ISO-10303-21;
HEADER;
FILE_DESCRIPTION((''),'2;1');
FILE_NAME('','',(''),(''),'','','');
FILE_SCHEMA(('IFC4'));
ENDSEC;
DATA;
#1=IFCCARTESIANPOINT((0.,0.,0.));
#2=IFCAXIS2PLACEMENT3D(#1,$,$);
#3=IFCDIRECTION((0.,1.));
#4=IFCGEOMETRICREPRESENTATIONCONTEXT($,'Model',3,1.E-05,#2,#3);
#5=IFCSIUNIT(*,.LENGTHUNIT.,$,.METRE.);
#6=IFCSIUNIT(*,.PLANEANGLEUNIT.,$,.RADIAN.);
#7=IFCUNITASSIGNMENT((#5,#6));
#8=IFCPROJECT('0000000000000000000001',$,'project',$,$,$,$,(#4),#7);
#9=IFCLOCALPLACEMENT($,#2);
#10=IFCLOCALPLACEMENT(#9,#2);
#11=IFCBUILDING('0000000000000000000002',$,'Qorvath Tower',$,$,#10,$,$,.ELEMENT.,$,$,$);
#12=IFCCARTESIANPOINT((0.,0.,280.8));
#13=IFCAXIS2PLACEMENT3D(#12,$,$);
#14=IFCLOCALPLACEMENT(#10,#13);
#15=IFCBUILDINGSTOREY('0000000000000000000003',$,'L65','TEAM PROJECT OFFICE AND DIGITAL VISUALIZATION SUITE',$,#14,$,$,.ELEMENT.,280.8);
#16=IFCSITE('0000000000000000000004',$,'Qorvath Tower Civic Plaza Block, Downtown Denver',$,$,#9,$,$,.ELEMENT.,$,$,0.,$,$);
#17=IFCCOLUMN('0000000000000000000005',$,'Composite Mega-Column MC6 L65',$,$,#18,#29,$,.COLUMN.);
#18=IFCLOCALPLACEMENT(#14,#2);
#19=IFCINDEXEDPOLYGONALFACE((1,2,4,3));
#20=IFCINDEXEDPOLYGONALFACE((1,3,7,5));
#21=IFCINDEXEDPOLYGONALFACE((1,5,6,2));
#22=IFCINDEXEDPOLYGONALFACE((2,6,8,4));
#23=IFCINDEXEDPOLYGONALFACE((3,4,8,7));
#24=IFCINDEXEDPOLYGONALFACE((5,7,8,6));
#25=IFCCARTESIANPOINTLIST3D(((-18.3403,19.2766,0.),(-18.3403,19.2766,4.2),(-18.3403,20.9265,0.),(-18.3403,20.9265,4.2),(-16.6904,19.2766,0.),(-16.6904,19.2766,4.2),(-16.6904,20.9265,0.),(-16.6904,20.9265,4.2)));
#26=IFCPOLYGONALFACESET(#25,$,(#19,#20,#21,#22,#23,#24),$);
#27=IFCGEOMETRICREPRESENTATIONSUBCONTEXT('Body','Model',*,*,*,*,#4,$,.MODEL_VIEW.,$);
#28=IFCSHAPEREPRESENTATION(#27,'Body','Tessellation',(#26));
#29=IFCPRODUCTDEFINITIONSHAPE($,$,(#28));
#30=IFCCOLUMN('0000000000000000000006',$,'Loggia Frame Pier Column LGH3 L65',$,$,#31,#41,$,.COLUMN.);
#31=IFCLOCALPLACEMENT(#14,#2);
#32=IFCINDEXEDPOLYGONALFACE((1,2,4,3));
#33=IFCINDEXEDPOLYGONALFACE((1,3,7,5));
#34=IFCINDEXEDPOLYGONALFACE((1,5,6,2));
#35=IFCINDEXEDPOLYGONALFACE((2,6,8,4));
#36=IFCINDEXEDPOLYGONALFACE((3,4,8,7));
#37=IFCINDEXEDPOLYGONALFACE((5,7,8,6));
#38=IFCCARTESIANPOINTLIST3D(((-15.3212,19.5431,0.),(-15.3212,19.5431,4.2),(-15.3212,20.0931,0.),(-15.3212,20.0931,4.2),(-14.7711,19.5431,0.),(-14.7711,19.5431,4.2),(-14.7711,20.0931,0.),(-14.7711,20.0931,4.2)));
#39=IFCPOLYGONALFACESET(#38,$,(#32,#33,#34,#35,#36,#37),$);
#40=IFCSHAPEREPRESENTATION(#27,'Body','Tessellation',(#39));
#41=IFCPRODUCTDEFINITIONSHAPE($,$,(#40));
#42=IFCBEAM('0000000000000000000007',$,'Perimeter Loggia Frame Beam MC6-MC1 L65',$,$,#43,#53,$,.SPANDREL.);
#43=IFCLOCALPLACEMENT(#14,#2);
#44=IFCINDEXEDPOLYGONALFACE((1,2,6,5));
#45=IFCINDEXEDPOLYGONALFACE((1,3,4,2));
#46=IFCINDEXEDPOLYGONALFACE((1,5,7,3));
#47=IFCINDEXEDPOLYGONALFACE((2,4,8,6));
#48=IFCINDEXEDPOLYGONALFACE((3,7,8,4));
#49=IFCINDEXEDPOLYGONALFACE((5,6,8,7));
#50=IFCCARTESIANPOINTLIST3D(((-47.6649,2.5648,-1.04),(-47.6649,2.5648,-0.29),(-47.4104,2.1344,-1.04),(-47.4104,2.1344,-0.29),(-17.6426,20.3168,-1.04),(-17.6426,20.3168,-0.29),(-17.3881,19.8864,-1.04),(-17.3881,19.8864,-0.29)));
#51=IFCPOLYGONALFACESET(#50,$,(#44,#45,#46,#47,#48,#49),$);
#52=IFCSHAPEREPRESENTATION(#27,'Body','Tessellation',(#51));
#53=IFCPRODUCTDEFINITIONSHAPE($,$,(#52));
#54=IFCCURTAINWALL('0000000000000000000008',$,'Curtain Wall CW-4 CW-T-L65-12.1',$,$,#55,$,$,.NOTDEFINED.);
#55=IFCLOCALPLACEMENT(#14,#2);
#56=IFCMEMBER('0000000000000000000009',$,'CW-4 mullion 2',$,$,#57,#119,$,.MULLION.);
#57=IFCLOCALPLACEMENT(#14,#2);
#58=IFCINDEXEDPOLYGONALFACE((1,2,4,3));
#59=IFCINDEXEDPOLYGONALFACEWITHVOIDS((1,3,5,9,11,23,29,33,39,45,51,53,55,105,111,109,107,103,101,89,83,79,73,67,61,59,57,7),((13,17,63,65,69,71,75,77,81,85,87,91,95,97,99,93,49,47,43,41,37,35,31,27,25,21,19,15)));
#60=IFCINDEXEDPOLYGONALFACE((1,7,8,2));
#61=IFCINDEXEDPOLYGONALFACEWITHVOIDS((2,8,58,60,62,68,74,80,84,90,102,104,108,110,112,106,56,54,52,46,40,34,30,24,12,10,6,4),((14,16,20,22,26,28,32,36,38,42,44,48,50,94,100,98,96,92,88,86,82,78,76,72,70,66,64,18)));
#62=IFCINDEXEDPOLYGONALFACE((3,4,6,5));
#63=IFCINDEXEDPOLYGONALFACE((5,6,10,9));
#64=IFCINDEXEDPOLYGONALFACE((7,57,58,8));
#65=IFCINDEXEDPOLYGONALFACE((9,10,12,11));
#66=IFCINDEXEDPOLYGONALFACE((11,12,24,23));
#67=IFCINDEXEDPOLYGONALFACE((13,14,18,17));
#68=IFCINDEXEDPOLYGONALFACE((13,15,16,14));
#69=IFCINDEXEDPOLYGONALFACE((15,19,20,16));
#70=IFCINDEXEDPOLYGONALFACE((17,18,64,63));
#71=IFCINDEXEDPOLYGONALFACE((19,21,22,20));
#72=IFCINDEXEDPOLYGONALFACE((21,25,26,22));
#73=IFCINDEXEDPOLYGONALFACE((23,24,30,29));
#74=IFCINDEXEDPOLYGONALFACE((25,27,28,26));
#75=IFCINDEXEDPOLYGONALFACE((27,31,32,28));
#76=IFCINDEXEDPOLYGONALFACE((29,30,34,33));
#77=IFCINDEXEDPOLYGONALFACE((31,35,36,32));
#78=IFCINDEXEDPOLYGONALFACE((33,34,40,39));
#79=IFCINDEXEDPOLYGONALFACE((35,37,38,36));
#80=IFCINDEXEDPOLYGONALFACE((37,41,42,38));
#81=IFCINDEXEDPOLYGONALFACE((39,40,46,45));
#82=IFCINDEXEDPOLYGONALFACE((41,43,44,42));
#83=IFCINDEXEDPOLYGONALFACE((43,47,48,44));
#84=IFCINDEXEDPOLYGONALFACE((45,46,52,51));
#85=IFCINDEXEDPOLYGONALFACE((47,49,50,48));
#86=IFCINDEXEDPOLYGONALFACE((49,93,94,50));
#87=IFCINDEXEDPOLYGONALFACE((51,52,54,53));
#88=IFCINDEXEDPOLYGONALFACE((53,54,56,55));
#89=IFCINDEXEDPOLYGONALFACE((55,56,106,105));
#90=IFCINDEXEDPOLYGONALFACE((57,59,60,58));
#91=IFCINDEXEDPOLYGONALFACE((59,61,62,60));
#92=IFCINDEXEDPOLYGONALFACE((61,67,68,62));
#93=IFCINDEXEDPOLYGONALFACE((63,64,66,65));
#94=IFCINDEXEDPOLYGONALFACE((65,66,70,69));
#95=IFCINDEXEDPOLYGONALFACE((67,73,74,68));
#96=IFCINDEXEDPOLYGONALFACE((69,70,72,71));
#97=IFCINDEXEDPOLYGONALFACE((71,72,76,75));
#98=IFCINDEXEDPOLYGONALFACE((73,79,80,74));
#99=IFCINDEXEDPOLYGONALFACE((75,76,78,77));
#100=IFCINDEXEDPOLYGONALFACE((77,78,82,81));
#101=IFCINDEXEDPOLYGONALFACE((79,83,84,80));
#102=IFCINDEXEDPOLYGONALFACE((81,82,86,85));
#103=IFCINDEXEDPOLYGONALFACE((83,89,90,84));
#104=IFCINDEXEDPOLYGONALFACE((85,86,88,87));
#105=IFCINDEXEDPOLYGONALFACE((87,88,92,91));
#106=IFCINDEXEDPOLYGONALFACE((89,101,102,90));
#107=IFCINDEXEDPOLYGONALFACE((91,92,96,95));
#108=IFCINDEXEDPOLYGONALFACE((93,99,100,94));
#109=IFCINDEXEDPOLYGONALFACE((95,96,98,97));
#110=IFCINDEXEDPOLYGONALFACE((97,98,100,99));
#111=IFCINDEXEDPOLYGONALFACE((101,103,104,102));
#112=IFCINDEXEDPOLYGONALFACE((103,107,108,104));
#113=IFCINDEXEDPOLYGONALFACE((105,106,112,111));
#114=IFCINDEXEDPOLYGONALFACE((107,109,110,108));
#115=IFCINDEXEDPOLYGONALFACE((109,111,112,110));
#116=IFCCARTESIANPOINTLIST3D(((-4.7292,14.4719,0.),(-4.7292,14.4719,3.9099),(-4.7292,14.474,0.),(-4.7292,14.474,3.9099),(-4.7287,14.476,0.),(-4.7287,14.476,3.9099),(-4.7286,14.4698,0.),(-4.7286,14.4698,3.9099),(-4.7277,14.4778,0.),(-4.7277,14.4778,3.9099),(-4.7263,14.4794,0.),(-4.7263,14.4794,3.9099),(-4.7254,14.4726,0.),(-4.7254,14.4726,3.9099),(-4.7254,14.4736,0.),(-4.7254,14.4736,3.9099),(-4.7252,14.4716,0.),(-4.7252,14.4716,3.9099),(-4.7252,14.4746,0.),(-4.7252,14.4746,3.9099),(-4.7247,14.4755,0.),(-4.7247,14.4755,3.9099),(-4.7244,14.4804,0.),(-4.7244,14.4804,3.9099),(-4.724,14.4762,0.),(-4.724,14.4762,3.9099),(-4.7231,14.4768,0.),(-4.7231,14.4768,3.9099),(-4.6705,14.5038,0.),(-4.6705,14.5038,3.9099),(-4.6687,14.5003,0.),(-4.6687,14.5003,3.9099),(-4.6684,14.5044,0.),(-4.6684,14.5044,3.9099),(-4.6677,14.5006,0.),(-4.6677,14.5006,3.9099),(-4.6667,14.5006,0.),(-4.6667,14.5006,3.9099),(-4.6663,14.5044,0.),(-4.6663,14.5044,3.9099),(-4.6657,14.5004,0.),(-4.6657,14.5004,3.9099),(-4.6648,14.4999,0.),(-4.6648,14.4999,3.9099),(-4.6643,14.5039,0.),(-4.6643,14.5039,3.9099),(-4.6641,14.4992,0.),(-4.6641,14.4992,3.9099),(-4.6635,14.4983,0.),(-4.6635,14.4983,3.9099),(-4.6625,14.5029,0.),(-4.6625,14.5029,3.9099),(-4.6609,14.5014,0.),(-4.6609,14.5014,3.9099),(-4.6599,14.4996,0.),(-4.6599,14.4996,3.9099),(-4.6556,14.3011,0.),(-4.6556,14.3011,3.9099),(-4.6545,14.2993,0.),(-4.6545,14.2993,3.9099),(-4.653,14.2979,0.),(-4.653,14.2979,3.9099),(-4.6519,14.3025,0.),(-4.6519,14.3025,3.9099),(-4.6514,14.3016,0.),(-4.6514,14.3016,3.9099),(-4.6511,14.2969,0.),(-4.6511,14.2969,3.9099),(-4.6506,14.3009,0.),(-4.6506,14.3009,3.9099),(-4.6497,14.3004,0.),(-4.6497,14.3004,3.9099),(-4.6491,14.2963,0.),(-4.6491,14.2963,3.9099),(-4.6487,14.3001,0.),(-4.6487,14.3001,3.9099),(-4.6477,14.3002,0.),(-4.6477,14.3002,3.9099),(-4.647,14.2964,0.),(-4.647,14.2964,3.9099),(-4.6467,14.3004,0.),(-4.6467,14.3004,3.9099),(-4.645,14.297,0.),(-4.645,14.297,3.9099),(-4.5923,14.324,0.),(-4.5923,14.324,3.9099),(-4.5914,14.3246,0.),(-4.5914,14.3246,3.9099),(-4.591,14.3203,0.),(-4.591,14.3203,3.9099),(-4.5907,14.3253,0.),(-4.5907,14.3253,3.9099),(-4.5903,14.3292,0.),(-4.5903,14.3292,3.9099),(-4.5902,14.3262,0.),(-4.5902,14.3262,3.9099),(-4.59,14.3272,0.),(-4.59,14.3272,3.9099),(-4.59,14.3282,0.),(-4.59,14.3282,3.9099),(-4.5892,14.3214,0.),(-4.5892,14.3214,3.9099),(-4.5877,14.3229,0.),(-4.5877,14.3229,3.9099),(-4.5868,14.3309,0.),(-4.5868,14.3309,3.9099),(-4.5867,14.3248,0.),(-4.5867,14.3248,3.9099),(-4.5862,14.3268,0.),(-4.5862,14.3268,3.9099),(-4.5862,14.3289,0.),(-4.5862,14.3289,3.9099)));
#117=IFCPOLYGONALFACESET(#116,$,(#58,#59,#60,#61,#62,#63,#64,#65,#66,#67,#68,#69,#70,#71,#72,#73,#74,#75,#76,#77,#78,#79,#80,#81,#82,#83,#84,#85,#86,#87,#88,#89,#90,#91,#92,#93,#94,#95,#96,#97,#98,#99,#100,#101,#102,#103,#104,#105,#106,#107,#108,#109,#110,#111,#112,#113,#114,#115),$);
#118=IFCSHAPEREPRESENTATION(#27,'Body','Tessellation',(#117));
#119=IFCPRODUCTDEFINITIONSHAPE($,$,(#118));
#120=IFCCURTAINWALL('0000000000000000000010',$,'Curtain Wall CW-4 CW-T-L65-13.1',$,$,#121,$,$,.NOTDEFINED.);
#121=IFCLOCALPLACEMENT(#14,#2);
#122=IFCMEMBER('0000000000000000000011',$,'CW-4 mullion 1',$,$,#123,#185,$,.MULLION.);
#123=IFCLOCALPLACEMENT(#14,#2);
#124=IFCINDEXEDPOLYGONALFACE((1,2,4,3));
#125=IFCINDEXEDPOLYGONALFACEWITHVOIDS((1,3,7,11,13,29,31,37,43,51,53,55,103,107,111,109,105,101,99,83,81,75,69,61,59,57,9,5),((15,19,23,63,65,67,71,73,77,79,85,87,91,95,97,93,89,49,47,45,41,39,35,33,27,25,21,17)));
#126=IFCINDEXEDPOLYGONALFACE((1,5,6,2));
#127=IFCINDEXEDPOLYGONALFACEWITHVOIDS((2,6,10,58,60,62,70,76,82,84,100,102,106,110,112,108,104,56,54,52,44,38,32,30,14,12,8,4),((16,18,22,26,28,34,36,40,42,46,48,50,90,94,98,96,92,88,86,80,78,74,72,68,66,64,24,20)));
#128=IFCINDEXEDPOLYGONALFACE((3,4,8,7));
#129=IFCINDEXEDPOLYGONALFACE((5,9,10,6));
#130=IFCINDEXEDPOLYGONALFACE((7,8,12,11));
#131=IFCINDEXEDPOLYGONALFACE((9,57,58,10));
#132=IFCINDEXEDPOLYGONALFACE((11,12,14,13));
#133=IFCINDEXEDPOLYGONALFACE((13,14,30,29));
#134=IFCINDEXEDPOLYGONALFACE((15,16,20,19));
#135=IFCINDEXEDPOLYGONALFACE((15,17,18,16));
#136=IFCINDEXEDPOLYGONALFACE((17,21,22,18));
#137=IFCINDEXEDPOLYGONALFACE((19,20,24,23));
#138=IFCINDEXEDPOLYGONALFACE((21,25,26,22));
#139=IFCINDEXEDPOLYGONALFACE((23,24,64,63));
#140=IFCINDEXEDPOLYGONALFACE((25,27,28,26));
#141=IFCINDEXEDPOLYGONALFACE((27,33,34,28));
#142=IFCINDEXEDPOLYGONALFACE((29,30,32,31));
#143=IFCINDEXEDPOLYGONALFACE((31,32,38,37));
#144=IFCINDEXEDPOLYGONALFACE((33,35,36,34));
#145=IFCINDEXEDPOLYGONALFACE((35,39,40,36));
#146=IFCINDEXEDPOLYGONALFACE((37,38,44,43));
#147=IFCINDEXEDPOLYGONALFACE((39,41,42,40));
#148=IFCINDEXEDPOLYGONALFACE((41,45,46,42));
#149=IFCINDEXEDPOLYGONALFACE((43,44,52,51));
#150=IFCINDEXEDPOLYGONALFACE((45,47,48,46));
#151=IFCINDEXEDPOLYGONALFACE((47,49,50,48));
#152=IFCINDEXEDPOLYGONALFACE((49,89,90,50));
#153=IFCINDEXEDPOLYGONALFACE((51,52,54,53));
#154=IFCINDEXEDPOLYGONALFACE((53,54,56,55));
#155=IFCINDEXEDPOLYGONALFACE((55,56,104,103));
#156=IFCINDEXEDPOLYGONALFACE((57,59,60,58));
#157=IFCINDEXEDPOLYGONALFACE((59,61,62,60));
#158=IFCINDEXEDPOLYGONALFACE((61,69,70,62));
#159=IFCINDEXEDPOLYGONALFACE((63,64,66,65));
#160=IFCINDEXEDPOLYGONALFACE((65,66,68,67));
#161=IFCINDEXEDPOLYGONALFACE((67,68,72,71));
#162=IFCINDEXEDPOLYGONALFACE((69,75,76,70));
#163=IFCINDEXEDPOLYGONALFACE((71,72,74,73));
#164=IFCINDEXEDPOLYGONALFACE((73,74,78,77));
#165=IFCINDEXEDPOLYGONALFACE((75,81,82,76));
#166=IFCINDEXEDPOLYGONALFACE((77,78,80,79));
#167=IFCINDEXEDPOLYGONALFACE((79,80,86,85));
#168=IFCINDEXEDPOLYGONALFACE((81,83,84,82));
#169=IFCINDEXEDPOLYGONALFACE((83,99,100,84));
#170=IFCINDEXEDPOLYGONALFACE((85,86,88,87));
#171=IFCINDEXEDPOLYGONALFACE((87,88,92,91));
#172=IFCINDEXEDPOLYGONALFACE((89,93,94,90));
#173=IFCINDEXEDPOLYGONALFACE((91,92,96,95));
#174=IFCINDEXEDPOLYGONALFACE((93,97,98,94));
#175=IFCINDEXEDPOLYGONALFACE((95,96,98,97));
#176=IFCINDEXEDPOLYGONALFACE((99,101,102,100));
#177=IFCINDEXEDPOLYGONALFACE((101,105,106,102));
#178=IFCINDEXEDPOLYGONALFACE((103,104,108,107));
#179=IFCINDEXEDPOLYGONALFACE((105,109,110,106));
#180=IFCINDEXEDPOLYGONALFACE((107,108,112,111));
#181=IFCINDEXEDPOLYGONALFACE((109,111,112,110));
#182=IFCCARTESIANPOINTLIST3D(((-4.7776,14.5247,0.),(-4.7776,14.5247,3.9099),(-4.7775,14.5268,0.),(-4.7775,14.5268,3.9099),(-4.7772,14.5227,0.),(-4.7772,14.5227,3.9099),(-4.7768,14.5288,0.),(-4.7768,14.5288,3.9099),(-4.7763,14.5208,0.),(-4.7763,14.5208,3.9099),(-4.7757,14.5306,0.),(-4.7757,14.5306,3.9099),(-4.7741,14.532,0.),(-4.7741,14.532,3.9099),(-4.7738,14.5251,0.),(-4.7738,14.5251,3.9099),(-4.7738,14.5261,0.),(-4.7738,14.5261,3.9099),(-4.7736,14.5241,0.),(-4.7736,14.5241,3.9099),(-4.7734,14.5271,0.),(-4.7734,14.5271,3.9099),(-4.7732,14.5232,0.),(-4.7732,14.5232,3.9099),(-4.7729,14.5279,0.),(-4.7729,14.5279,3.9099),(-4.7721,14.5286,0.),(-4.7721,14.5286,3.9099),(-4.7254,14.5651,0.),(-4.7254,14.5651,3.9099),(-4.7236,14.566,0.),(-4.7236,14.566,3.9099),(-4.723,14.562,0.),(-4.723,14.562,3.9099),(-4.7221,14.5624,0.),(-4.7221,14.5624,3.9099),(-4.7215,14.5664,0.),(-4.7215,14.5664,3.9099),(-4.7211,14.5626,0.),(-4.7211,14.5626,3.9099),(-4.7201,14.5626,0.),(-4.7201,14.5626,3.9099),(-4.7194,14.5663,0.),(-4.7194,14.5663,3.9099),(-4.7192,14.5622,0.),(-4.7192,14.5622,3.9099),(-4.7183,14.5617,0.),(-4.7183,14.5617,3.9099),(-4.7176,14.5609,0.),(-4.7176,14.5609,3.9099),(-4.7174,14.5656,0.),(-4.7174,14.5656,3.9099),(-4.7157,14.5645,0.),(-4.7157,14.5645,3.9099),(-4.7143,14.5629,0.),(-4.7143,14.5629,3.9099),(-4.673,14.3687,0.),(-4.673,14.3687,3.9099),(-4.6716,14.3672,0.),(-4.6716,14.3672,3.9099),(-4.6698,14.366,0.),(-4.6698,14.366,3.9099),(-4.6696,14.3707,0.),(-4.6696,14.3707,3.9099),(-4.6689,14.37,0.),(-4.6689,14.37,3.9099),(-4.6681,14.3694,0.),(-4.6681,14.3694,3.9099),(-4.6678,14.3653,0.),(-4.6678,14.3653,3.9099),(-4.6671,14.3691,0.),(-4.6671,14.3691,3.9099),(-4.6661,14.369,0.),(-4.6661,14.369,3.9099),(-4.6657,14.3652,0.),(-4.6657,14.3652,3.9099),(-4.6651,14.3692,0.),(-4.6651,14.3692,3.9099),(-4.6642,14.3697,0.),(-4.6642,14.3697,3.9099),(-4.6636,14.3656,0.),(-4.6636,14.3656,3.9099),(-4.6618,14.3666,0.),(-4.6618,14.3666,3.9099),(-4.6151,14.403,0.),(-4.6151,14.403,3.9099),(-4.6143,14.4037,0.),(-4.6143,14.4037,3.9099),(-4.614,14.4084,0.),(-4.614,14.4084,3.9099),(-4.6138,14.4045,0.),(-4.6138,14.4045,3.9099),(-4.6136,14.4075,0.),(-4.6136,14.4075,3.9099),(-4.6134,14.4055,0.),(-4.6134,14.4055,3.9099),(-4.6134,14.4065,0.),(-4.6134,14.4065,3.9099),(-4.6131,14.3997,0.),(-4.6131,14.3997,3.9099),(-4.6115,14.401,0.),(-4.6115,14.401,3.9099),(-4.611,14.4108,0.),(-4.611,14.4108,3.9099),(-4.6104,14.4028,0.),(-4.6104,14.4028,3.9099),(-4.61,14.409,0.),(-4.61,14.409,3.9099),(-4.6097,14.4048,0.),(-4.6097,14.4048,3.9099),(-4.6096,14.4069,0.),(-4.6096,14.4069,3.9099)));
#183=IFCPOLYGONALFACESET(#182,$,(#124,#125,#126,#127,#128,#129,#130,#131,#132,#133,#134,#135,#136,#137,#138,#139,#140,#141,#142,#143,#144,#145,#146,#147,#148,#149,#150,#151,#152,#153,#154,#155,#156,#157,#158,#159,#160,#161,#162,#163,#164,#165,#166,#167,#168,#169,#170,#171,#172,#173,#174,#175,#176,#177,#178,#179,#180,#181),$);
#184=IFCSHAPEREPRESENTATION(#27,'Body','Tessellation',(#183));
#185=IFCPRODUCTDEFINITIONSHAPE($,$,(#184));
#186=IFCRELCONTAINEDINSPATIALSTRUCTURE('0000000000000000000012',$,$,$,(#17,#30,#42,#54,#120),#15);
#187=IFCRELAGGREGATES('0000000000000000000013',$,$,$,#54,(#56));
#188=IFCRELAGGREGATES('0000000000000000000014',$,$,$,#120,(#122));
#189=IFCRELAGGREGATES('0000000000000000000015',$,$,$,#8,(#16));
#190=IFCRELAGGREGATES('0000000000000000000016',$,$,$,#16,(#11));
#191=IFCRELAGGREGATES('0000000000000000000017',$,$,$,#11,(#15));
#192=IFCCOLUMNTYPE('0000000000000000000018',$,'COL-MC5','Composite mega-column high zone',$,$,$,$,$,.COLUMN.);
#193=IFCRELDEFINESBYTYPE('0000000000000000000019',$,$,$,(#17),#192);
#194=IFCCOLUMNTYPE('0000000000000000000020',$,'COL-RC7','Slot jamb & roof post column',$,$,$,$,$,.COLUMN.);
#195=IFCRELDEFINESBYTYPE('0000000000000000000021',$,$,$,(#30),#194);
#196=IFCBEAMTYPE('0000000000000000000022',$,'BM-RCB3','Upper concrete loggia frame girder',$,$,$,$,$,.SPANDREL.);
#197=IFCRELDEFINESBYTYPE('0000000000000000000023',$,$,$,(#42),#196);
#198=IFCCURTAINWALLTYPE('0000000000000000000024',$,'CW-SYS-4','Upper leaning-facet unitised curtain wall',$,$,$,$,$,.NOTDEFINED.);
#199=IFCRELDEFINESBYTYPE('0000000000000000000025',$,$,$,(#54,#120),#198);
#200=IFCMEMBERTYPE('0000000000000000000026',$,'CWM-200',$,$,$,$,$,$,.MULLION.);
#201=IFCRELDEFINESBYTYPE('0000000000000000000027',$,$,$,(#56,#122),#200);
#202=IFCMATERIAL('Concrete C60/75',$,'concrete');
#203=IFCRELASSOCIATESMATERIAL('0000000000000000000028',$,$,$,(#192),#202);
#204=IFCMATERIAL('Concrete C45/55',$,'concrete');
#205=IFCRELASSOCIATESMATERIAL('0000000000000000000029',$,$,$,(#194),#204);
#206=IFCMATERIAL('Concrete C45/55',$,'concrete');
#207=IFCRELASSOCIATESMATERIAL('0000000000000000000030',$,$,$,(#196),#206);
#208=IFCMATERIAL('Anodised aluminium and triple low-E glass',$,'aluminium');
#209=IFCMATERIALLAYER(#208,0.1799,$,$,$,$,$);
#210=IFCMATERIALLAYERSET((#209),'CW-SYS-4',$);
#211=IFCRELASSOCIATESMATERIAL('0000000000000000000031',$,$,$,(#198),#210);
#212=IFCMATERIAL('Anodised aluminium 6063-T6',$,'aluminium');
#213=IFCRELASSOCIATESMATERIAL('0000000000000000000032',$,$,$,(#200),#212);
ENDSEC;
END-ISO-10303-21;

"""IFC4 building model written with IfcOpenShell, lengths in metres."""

from ifc_helpers import new_model, si_unit, direction, frame, origin, origin_2d, place, context, subcontext, project, spatial, rectangle, hollow_rectangle, extrude, material, layer, layer_set, material_profile, profile_set, type_object, element, aggregate, save


model = new_model("IFC4")

# Units and contexts
model_context = context("Model", 3, precision=1e-05, world=origin(), true_north=direction((0.0, 1.0)))
body_context = subcontext(model_context, "Body", "Model", "MODEL_VIEW")
ifc_project = project(units=[si_unit("LENGTHUNIT", "METRE"), si_unit("PLANEANGLEUNIT", "RADIAN")], contexts=[model_context])

# Site, building, storey
site_placement = place(None, origin())
site = spatial("IfcSite", under=ifc_project, at=site_placement, Name="Qorvath Tower Civic Plaza Block, Downtown Denver", CompositionType="ELEMENT", RefElevation=0.0)
building_placement = place(site_placement, origin())
building = spatial("IfcBuilding", under=site, at=building_placement, Name="Qorvath Tower", CompositionType="ELEMENT")
storey_placement = place(building_placement, frame((0.0, 0.0, 280.8)))
storey = spatial("IfcBuildingStorey", under=building, at=storey_placement, Name="L65", Description="TEAM PROJECT OFFICE AND DIGITAL VISUALIZATION SUITE", CompositionType="ELEMENT", Elevation=280.8)

# Columns
ifc_material_1 = material(Name="Concrete C60/75", Category="concrete")
ifc_material_profile_1 = material_profile(ifc_material_1, rectangle(XDim=1.6499, YDim=1.6499, at=origin_2d()), Name="MC 1650x1650")
ifc_profile_set_1 = profile_set([ifc_material_profile_1], Name="Concrete C60/75")
column_type_1 = type_object("IfcColumnType", Name="COL-MC5", Description="Composite mega-column high zone", PredefinedType="COLUMN", material=ifc_profile_set_1)
column_1_placement = place(storey_placement, frame((-17.5154, 20.1016, 0.0), z_axis=(0.0, 0.0, 1.0), x_axis=(1.0, 0.0, 0.0)))
element("IfcColumn", 1, at=column_1_placement, inside=storey, type_object=column_type_1, Name="Composite Mega-Column MC6 L65", PredefinedType="COLUMN", context=body_context, shape_type="SweptSolid", body=[
    extrude(rectangle(XDim=1.6499, YDim=1.6499, at=origin_2d()), origin(), (0.0, 0.0, 1.0), 4.2),
])
ifc_material_2 = material(Name="Concrete C45/55", Category="concrete")
ifc_material_profile_2 = material_profile(ifc_material_2, rectangle(XDim=0.55, YDim=0.55, at=origin_2d()), Name="RC 550x550")
ifc_profile_set_2 = profile_set([ifc_material_profile_2], Name="Concrete C45/55")
column_type_2 = type_object("IfcColumnType", Name="COL-RC7", Description="Slot jamb & roof post column", PredefinedType="COLUMN", material=ifc_profile_set_2)
column_2_placement = place(storey_placement, frame((-15.0461, 19.8181, 0.0), z_axis=(0.0, 0.0, 1.0), x_axis=(1.0, 0.0, 0.0)))
element("IfcColumn", 2, at=column_2_placement, inside=storey, type_object=column_type_2, Name="Loggia Frame Pier Column LGH3 L65", PredefinedType="COLUMN", context=body_context, shape_type="SweptSolid", body=[
    extrude(rectangle(XDim=0.55, YDim=0.55, at=origin_2d()), origin(), (0.0, 0.0, 1.0), 4.2),
])

# Beam
ifc_material_3 = material(Name="Concrete C45/55", Category="concrete")
ifc_material_profile_3 = material_profile(ifc_material_3, rectangle(XDim=0.5, YDim=0.75, at=origin_2d()), Name="RCB 750x500")
ifc_profile_set_3 = profile_set([ifc_material_profile_3], Name="Concrete C45/55")
beam_type = type_object("IfcBeamType", Name="BM-RCB3", Description="Upper concrete loggia frame girder", PredefinedType="SPANDREL", material=ifc_profile_set_3)
beam_placement = place(storey_placement, frame((-17.5154, 20.1016, -0.665), z_axis=(-0.860781, -0.508975, 0.0), x_axis=(0.508975, -0.860781, 0.0)))
element("IfcBeam", 3, at=beam_placement, inside=storey, type_object=beam_type, Name="Perimeter Loggia Frame Beam MC6-MC1 L65", PredefinedType="SPANDREL", context=body_context, shape_type="SweptSolid", body=[
    extrude(rectangle(XDim=0.5, YDim=0.75, at=origin_2d()), origin(), (0.0, 0.0, 1.0), 34.8779),
])

# Curtain wall, member
ifc_material_4 = material(Name="Anodised aluminium and triple low-E glass", Category="aluminium")
ifc_layer_1 = layer(ifc_material_4, 0.1799)
ifc_layer_set_1 = layer_set([ifc_layer_1], Name="CW-SYS-4")
curtain_wall_type = type_object("IfcCurtainWallType", Name="CW-SYS-4", Description="Upper leaning-facet unitised curtain wall", PredefinedType="NOTDEFINED", material=ifc_layer_set_1)
curtain_wall_1_placement = place(storey_placement, origin())
curtain_wall_1 = element("IfcCurtainWall", 4, at=curtain_wall_1_placement, inside=storey, type_object=curtain_wall_type, Name="Curtain Wall CW-4 CW-T-L65-12.1", PredefinedType="NOTDEFINED")
ifc_material_5 = material(Name="Anodised aluminium 6063-T6", Category="aluminium")
ifc_material_profile_4 = material_profile(ifc_material_5, hollow_rectangle(XDim=0.075, YDim=0.2, WallThickness=0.0039, InnerFilletRadius=0.0039, OuterFilletRadius=0.0081, at=origin_2d()), Name="CWM 200x75")
ifc_profile_set_4 = profile_set([ifc_material_profile_4], Name="Anodised aluminium 6063-T6")
member_type_1 = type_object("IfcMemberType", Name="CWM-200", PredefinedType="MULLION", material=ifc_profile_set_4)
member_1_placement = place(storey_placement, frame((-4.6577, 14.4004, 0.0), z_axis=(0.0, 0.0, 1.0), x_axis=(-0.91761, -0.397482, 0.0)))
member_1 = element("IfcMember", 5, at=member_1_placement, type_object=member_type_1, Name="CW-4 mullion 2", PredefinedType="MULLION", context=body_context, shape_type="SweptSolid", body=[
    extrude(hollow_rectangle(XDim=0.075, YDim=0.2, WallThickness=0.0039, InnerFilletRadius=0.0039, OuterFilletRadius=0.0081, at=origin_2d()), origin(), (0.0, 0.0, 1.0), 3.9099),
])

# Curtain wall, member
curtain_wall_2_placement = place(storey_placement, origin())
curtain_wall_2 = element("IfcCurtainWall", 6, at=curtain_wall_2_placement, inside=storey, type_object=curtain_wall_type, Name="Curtain Wall CW-4 CW-T-L65-13.1", PredefinedType="NOTDEFINED")
member_2_placement = place(storey_placement, frame((-4.6936, 14.4658, 0.0), z_axis=(0.0, 0.0, 1.0), x_axis=(-0.827205, -0.5619, 0.0)))
member_2 = element("IfcMember", 7, at=member_2_placement, type_object=member_type_1, Name="CW-4 mullion 1", PredefinedType="MULLION", context=body_context, shape_type="SweptSolid", body=[
    extrude(hollow_rectangle(XDim=0.075, YDim=0.2, WallThickness=0.0039, InnerFilletRadius=0.0039, OuterFilletRadius=0.0081, at=origin_2d()), origin(), (0.0, 0.0, 1.0), 3.9099),
])

aggregate(curtain_wall_1, [member_1])
aggregate(curtain_wall_2, [member_2])

save(model, "model.ifc")
